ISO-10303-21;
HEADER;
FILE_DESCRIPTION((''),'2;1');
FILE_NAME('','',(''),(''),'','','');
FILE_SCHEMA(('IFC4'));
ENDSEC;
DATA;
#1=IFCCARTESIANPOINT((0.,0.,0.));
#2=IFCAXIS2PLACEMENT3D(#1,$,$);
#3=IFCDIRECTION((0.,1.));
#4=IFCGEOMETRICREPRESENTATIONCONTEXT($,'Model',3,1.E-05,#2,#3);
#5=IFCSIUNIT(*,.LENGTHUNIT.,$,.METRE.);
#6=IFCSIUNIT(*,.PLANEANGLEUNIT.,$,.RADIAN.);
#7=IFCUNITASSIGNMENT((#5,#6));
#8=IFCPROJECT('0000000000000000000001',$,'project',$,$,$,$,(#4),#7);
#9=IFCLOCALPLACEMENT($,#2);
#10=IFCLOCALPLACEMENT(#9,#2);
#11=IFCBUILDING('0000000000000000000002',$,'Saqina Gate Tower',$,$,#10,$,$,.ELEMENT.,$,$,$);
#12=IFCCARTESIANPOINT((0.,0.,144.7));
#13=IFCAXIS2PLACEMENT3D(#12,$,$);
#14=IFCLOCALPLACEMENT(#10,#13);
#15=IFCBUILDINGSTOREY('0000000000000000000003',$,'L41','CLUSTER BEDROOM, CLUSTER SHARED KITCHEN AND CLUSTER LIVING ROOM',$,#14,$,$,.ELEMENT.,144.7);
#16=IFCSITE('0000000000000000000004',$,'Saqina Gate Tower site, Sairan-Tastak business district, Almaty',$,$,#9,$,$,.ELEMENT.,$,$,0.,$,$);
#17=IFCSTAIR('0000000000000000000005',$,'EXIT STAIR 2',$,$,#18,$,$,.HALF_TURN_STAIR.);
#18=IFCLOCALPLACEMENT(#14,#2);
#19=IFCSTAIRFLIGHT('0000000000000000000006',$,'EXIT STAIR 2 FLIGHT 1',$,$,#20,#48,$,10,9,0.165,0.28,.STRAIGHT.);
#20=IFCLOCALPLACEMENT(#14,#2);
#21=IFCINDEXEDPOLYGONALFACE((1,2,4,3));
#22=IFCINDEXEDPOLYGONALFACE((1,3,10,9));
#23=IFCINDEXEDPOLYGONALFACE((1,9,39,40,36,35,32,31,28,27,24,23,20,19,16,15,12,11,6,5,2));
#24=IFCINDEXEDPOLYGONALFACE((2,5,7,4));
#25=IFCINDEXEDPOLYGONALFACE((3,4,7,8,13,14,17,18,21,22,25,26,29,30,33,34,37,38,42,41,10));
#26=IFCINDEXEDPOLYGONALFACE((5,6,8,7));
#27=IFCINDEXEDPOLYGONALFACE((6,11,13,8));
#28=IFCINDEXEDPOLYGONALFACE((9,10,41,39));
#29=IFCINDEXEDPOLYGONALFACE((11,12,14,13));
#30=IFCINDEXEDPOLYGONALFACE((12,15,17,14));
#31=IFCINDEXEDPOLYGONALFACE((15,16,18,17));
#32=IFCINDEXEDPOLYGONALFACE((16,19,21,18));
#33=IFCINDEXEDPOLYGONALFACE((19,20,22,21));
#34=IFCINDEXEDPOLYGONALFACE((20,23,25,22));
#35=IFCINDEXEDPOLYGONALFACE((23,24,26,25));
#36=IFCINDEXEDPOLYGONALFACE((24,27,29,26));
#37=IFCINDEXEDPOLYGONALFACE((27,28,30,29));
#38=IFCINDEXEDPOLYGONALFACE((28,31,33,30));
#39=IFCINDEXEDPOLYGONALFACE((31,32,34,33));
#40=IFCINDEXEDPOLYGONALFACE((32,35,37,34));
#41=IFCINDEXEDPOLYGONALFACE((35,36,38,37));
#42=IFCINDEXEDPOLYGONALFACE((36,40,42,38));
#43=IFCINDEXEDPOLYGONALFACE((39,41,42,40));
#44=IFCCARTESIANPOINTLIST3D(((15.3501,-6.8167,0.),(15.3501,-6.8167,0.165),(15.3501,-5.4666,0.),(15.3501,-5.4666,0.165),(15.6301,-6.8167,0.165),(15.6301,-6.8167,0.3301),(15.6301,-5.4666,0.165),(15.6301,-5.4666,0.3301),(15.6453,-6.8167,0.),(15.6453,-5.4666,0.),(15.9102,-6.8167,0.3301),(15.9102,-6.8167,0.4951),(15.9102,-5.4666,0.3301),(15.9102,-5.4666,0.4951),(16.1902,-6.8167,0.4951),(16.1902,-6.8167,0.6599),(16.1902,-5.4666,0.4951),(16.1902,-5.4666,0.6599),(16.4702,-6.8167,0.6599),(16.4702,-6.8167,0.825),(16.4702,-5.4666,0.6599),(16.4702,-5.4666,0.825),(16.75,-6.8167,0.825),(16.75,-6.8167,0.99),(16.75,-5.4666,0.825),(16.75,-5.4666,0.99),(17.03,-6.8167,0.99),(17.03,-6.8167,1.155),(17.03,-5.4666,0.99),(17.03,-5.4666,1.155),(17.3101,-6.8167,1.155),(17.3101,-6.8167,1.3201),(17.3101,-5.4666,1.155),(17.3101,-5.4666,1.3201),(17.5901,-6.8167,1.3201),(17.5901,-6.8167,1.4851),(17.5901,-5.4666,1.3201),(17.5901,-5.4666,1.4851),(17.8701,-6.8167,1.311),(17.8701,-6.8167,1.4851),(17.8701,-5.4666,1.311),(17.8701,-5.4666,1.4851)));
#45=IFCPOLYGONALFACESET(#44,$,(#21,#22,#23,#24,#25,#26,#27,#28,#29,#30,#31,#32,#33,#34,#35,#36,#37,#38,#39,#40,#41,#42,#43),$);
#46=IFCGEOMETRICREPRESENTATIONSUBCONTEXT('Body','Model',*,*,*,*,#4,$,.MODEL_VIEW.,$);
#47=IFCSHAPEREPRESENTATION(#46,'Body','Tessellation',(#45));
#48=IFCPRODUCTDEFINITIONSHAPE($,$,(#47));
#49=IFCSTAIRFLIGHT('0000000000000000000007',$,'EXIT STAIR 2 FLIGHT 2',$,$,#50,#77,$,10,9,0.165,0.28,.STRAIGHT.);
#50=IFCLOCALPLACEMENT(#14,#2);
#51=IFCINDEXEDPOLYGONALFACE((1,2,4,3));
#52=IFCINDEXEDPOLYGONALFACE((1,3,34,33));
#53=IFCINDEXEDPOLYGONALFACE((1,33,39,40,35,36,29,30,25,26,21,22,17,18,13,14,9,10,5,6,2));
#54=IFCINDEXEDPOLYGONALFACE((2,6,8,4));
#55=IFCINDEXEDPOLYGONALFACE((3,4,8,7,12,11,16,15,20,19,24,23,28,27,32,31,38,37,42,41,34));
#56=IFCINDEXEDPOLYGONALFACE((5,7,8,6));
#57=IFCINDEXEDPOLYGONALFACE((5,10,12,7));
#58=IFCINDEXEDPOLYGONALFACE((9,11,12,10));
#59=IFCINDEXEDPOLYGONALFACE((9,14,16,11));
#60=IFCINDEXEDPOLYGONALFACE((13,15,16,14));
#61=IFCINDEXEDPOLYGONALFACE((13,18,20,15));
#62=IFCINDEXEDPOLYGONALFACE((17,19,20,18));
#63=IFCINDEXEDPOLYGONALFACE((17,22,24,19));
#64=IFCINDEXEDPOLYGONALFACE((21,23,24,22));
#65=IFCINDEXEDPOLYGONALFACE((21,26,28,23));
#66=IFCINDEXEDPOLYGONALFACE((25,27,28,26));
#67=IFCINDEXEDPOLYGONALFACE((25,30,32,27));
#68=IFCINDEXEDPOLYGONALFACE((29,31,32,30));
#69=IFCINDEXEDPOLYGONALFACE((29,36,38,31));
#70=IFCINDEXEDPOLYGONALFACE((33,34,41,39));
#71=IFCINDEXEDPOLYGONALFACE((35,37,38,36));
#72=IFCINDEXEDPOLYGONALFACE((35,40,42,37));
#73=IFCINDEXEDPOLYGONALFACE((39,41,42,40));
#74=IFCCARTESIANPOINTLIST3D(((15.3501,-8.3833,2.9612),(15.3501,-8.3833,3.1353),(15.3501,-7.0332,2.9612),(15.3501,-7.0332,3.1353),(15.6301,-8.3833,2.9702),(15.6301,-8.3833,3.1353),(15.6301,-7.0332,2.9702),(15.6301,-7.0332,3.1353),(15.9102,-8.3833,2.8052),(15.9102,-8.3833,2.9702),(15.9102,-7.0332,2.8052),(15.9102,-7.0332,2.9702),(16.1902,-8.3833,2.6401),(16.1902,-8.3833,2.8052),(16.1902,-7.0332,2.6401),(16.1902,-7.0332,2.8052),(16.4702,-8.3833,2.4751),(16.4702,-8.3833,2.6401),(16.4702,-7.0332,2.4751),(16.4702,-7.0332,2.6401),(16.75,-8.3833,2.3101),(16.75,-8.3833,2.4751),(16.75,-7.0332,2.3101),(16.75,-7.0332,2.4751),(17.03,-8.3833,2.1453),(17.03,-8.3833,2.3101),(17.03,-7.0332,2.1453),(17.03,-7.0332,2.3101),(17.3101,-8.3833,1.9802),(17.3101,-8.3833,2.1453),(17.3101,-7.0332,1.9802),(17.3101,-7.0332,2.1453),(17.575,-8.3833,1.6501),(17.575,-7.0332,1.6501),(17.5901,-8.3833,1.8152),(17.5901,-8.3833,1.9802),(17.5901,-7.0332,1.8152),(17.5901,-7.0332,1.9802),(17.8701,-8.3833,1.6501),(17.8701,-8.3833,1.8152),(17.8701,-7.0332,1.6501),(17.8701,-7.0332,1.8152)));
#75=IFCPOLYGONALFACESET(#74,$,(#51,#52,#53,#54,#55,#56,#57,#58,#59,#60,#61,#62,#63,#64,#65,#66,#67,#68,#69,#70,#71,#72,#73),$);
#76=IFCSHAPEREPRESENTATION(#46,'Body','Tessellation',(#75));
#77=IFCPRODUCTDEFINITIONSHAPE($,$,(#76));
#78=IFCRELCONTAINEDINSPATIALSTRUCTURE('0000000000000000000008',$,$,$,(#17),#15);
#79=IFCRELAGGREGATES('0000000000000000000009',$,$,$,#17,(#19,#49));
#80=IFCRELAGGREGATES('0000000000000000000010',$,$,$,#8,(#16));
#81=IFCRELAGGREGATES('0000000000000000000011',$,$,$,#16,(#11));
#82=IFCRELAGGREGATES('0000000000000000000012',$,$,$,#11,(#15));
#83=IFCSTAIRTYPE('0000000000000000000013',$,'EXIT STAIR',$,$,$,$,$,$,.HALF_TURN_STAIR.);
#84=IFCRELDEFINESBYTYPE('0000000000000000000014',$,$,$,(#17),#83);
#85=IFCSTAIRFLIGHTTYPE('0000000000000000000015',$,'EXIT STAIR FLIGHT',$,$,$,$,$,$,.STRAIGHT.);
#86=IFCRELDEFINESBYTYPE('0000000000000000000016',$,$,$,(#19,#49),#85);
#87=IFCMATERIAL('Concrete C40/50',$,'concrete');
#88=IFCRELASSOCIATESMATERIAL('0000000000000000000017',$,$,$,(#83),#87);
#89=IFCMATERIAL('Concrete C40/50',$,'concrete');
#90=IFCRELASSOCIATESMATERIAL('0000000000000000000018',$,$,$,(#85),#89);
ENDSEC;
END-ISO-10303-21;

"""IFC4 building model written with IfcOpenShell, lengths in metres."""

from ifc_helpers import new_model, si_unit, direction, frame, origin, place, context, subcontext, project, spatial, polyline, outline, extrude, material, type_object, element, aggregate, save


model = new_model("IFC4")

# Units and contexts
model_context = context("Model", 3, precision=1e-05, world=origin(), true_north=direction((0.0, 1.0)))
body_context = subcontext(model_context, "Body", "Model", "MODEL_VIEW")
ifc_project = project(units=[si_unit("LENGTHUNIT", "METRE"), si_unit("PLANEANGLEUNIT", "RADIAN")], contexts=[model_context])

# Site, building, storey
site_placement = place(None, origin())
site = spatial("IfcSite", under=ifc_project, at=site_placement, Name="Saqina Gate Tower site, Sairan-Tastak business district, Almaty", CompositionType="ELEMENT", RefElevation=0.0)
building_placement = place(site_placement, origin())
building = spatial("IfcBuilding", under=site, at=building_placement, Name="Saqina Gate Tower", CompositionType="ELEMENT")
storey_placement = place(building_placement, frame((0.0, 0.0, 144.7)))
storey = spatial("IfcBuildingStorey", under=building, at=storey_placement, Name="L41", Description="CLUSTER BEDROOM, CLUSTER SHARED KITCHEN AND CLUSTER LIVING ROOM", CompositionType="ELEMENT", Elevation=144.7)

# Stair, stair flights
ifc_material_1 = material(Name="Concrete C40/50", Category="concrete")
stair_type = type_object("IfcStairType", Name="EXIT STAIR", PredefinedType="HALF_TURN_STAIR", material=ifc_material_1)
stair_placement = place(storey_placement, origin())
stair = element("IfcStair", 1, at=stair_placement, inside=storey, type_object=stair_type, Name="EXIT STAIR 2", PredefinedType="HALF_TURN_STAIR")
ifc_material_2 = material(Name="Concrete C40/50", Category="concrete")
stair_flight_type = type_object("IfcStairFlightType", Name="EXIT STAIR FLIGHT", PredefinedType="STRAIGHT", material=ifc_material_2)
stair_flight_1_placement = place(storey_placement, frame((15.3501, -6.1416, 0.0), z_axis=(0.0, 0.0, 1.0), x_axis=(1.0, 0.0, 0.0)))
stair_flight_1 = element("IfcStairFlight", 2, at=stair_flight_1_placement, type_object=stair_flight_type, Name="EXIT STAIR 2 FLIGHT 1", NumberOfRisers=10, NumberOfTreads=9, PredefinedType="STRAIGHT", RiserHeight=0.165, TreadLength=0.28, context=body_context, shape_type="SweptSolid", body=[
    extrude(outline(polyline([(0.0, 0.0), (0.0, 0.165), (0.28, 0.165), (0.28, 0.3301), (0.5601, 0.3301), (0.5601, 0.4951), (0.8401, 0.4951), (0.8401, 0.6599), (1.1201, 0.6599), (1.1201, 0.825), (1.3999, 0.825), (1.3999, 0.99), (1.6799, 0.99), (1.6799, 1.155), (1.96, 1.155), (1.96, 1.3201), (2.24, 1.3201), (2.24, 1.4851), (2.52, 1.4851), (2.52, 1.6499), (2.52, 1.311), (0.2952, 0.0), (0.0, 0.0)])), frame((0.0, 0.675, 0.0), z_axis=(0.0, -1.0, 0.0), x_axis=(1.0, 0.0, 0.0)), (0.0, 0.0, 1.0), 1.3501),
])
stair_flight_2_placement = place(storey_placement, frame((17.8701, -7.7083, 1.6501), z_axis=(0.0, 0.0, 1.0), x_axis=(-1.0, 0.0, 0.0)))
stair_flight_2 = element("IfcStairFlight", 3, at=stair_flight_2_placement, type_object=stair_flight_type, Name="EXIT STAIR 2 FLIGHT 2", NumberOfRisers=10, NumberOfTreads=9, PredefinedType="STRAIGHT", RiserHeight=0.165, TreadLength=0.28, context=body_context, shape_type="SweptSolid", body=[
    extrude(outline(polyline([(0.0, 0.0), (0.0, 0.165), (0.28, 0.165), (0.28, 0.3301), (0.5601, 0.3301), (0.5601, 0.4951), (0.8401, 0.4951), (0.8401, 0.6599), (1.1201, 0.6599), (1.1201, 0.825), (1.3999, 0.825), (1.3999, 0.99), (1.6799, 0.99), (1.6799, 1.155), (1.96, 1.155), (1.96, 1.3201), (2.24, 1.3201), (2.24, 1.4851), (2.52, 1.4851), (2.52, 1.6499), (2.52, 1.311), (0.2952, 0.0), (0.0, 0.0)])), frame((0.0, 0.675, 0.0), z_axis=(0.0, -1.0, 0.0), x_axis=(1.0, 0.0, 0.0)), (0.0, 0.0, 1.0), 1.3501),
])
aggregate(stair, [stair_flight_1, stair_flight_2])

save(model, "model.ifc")
